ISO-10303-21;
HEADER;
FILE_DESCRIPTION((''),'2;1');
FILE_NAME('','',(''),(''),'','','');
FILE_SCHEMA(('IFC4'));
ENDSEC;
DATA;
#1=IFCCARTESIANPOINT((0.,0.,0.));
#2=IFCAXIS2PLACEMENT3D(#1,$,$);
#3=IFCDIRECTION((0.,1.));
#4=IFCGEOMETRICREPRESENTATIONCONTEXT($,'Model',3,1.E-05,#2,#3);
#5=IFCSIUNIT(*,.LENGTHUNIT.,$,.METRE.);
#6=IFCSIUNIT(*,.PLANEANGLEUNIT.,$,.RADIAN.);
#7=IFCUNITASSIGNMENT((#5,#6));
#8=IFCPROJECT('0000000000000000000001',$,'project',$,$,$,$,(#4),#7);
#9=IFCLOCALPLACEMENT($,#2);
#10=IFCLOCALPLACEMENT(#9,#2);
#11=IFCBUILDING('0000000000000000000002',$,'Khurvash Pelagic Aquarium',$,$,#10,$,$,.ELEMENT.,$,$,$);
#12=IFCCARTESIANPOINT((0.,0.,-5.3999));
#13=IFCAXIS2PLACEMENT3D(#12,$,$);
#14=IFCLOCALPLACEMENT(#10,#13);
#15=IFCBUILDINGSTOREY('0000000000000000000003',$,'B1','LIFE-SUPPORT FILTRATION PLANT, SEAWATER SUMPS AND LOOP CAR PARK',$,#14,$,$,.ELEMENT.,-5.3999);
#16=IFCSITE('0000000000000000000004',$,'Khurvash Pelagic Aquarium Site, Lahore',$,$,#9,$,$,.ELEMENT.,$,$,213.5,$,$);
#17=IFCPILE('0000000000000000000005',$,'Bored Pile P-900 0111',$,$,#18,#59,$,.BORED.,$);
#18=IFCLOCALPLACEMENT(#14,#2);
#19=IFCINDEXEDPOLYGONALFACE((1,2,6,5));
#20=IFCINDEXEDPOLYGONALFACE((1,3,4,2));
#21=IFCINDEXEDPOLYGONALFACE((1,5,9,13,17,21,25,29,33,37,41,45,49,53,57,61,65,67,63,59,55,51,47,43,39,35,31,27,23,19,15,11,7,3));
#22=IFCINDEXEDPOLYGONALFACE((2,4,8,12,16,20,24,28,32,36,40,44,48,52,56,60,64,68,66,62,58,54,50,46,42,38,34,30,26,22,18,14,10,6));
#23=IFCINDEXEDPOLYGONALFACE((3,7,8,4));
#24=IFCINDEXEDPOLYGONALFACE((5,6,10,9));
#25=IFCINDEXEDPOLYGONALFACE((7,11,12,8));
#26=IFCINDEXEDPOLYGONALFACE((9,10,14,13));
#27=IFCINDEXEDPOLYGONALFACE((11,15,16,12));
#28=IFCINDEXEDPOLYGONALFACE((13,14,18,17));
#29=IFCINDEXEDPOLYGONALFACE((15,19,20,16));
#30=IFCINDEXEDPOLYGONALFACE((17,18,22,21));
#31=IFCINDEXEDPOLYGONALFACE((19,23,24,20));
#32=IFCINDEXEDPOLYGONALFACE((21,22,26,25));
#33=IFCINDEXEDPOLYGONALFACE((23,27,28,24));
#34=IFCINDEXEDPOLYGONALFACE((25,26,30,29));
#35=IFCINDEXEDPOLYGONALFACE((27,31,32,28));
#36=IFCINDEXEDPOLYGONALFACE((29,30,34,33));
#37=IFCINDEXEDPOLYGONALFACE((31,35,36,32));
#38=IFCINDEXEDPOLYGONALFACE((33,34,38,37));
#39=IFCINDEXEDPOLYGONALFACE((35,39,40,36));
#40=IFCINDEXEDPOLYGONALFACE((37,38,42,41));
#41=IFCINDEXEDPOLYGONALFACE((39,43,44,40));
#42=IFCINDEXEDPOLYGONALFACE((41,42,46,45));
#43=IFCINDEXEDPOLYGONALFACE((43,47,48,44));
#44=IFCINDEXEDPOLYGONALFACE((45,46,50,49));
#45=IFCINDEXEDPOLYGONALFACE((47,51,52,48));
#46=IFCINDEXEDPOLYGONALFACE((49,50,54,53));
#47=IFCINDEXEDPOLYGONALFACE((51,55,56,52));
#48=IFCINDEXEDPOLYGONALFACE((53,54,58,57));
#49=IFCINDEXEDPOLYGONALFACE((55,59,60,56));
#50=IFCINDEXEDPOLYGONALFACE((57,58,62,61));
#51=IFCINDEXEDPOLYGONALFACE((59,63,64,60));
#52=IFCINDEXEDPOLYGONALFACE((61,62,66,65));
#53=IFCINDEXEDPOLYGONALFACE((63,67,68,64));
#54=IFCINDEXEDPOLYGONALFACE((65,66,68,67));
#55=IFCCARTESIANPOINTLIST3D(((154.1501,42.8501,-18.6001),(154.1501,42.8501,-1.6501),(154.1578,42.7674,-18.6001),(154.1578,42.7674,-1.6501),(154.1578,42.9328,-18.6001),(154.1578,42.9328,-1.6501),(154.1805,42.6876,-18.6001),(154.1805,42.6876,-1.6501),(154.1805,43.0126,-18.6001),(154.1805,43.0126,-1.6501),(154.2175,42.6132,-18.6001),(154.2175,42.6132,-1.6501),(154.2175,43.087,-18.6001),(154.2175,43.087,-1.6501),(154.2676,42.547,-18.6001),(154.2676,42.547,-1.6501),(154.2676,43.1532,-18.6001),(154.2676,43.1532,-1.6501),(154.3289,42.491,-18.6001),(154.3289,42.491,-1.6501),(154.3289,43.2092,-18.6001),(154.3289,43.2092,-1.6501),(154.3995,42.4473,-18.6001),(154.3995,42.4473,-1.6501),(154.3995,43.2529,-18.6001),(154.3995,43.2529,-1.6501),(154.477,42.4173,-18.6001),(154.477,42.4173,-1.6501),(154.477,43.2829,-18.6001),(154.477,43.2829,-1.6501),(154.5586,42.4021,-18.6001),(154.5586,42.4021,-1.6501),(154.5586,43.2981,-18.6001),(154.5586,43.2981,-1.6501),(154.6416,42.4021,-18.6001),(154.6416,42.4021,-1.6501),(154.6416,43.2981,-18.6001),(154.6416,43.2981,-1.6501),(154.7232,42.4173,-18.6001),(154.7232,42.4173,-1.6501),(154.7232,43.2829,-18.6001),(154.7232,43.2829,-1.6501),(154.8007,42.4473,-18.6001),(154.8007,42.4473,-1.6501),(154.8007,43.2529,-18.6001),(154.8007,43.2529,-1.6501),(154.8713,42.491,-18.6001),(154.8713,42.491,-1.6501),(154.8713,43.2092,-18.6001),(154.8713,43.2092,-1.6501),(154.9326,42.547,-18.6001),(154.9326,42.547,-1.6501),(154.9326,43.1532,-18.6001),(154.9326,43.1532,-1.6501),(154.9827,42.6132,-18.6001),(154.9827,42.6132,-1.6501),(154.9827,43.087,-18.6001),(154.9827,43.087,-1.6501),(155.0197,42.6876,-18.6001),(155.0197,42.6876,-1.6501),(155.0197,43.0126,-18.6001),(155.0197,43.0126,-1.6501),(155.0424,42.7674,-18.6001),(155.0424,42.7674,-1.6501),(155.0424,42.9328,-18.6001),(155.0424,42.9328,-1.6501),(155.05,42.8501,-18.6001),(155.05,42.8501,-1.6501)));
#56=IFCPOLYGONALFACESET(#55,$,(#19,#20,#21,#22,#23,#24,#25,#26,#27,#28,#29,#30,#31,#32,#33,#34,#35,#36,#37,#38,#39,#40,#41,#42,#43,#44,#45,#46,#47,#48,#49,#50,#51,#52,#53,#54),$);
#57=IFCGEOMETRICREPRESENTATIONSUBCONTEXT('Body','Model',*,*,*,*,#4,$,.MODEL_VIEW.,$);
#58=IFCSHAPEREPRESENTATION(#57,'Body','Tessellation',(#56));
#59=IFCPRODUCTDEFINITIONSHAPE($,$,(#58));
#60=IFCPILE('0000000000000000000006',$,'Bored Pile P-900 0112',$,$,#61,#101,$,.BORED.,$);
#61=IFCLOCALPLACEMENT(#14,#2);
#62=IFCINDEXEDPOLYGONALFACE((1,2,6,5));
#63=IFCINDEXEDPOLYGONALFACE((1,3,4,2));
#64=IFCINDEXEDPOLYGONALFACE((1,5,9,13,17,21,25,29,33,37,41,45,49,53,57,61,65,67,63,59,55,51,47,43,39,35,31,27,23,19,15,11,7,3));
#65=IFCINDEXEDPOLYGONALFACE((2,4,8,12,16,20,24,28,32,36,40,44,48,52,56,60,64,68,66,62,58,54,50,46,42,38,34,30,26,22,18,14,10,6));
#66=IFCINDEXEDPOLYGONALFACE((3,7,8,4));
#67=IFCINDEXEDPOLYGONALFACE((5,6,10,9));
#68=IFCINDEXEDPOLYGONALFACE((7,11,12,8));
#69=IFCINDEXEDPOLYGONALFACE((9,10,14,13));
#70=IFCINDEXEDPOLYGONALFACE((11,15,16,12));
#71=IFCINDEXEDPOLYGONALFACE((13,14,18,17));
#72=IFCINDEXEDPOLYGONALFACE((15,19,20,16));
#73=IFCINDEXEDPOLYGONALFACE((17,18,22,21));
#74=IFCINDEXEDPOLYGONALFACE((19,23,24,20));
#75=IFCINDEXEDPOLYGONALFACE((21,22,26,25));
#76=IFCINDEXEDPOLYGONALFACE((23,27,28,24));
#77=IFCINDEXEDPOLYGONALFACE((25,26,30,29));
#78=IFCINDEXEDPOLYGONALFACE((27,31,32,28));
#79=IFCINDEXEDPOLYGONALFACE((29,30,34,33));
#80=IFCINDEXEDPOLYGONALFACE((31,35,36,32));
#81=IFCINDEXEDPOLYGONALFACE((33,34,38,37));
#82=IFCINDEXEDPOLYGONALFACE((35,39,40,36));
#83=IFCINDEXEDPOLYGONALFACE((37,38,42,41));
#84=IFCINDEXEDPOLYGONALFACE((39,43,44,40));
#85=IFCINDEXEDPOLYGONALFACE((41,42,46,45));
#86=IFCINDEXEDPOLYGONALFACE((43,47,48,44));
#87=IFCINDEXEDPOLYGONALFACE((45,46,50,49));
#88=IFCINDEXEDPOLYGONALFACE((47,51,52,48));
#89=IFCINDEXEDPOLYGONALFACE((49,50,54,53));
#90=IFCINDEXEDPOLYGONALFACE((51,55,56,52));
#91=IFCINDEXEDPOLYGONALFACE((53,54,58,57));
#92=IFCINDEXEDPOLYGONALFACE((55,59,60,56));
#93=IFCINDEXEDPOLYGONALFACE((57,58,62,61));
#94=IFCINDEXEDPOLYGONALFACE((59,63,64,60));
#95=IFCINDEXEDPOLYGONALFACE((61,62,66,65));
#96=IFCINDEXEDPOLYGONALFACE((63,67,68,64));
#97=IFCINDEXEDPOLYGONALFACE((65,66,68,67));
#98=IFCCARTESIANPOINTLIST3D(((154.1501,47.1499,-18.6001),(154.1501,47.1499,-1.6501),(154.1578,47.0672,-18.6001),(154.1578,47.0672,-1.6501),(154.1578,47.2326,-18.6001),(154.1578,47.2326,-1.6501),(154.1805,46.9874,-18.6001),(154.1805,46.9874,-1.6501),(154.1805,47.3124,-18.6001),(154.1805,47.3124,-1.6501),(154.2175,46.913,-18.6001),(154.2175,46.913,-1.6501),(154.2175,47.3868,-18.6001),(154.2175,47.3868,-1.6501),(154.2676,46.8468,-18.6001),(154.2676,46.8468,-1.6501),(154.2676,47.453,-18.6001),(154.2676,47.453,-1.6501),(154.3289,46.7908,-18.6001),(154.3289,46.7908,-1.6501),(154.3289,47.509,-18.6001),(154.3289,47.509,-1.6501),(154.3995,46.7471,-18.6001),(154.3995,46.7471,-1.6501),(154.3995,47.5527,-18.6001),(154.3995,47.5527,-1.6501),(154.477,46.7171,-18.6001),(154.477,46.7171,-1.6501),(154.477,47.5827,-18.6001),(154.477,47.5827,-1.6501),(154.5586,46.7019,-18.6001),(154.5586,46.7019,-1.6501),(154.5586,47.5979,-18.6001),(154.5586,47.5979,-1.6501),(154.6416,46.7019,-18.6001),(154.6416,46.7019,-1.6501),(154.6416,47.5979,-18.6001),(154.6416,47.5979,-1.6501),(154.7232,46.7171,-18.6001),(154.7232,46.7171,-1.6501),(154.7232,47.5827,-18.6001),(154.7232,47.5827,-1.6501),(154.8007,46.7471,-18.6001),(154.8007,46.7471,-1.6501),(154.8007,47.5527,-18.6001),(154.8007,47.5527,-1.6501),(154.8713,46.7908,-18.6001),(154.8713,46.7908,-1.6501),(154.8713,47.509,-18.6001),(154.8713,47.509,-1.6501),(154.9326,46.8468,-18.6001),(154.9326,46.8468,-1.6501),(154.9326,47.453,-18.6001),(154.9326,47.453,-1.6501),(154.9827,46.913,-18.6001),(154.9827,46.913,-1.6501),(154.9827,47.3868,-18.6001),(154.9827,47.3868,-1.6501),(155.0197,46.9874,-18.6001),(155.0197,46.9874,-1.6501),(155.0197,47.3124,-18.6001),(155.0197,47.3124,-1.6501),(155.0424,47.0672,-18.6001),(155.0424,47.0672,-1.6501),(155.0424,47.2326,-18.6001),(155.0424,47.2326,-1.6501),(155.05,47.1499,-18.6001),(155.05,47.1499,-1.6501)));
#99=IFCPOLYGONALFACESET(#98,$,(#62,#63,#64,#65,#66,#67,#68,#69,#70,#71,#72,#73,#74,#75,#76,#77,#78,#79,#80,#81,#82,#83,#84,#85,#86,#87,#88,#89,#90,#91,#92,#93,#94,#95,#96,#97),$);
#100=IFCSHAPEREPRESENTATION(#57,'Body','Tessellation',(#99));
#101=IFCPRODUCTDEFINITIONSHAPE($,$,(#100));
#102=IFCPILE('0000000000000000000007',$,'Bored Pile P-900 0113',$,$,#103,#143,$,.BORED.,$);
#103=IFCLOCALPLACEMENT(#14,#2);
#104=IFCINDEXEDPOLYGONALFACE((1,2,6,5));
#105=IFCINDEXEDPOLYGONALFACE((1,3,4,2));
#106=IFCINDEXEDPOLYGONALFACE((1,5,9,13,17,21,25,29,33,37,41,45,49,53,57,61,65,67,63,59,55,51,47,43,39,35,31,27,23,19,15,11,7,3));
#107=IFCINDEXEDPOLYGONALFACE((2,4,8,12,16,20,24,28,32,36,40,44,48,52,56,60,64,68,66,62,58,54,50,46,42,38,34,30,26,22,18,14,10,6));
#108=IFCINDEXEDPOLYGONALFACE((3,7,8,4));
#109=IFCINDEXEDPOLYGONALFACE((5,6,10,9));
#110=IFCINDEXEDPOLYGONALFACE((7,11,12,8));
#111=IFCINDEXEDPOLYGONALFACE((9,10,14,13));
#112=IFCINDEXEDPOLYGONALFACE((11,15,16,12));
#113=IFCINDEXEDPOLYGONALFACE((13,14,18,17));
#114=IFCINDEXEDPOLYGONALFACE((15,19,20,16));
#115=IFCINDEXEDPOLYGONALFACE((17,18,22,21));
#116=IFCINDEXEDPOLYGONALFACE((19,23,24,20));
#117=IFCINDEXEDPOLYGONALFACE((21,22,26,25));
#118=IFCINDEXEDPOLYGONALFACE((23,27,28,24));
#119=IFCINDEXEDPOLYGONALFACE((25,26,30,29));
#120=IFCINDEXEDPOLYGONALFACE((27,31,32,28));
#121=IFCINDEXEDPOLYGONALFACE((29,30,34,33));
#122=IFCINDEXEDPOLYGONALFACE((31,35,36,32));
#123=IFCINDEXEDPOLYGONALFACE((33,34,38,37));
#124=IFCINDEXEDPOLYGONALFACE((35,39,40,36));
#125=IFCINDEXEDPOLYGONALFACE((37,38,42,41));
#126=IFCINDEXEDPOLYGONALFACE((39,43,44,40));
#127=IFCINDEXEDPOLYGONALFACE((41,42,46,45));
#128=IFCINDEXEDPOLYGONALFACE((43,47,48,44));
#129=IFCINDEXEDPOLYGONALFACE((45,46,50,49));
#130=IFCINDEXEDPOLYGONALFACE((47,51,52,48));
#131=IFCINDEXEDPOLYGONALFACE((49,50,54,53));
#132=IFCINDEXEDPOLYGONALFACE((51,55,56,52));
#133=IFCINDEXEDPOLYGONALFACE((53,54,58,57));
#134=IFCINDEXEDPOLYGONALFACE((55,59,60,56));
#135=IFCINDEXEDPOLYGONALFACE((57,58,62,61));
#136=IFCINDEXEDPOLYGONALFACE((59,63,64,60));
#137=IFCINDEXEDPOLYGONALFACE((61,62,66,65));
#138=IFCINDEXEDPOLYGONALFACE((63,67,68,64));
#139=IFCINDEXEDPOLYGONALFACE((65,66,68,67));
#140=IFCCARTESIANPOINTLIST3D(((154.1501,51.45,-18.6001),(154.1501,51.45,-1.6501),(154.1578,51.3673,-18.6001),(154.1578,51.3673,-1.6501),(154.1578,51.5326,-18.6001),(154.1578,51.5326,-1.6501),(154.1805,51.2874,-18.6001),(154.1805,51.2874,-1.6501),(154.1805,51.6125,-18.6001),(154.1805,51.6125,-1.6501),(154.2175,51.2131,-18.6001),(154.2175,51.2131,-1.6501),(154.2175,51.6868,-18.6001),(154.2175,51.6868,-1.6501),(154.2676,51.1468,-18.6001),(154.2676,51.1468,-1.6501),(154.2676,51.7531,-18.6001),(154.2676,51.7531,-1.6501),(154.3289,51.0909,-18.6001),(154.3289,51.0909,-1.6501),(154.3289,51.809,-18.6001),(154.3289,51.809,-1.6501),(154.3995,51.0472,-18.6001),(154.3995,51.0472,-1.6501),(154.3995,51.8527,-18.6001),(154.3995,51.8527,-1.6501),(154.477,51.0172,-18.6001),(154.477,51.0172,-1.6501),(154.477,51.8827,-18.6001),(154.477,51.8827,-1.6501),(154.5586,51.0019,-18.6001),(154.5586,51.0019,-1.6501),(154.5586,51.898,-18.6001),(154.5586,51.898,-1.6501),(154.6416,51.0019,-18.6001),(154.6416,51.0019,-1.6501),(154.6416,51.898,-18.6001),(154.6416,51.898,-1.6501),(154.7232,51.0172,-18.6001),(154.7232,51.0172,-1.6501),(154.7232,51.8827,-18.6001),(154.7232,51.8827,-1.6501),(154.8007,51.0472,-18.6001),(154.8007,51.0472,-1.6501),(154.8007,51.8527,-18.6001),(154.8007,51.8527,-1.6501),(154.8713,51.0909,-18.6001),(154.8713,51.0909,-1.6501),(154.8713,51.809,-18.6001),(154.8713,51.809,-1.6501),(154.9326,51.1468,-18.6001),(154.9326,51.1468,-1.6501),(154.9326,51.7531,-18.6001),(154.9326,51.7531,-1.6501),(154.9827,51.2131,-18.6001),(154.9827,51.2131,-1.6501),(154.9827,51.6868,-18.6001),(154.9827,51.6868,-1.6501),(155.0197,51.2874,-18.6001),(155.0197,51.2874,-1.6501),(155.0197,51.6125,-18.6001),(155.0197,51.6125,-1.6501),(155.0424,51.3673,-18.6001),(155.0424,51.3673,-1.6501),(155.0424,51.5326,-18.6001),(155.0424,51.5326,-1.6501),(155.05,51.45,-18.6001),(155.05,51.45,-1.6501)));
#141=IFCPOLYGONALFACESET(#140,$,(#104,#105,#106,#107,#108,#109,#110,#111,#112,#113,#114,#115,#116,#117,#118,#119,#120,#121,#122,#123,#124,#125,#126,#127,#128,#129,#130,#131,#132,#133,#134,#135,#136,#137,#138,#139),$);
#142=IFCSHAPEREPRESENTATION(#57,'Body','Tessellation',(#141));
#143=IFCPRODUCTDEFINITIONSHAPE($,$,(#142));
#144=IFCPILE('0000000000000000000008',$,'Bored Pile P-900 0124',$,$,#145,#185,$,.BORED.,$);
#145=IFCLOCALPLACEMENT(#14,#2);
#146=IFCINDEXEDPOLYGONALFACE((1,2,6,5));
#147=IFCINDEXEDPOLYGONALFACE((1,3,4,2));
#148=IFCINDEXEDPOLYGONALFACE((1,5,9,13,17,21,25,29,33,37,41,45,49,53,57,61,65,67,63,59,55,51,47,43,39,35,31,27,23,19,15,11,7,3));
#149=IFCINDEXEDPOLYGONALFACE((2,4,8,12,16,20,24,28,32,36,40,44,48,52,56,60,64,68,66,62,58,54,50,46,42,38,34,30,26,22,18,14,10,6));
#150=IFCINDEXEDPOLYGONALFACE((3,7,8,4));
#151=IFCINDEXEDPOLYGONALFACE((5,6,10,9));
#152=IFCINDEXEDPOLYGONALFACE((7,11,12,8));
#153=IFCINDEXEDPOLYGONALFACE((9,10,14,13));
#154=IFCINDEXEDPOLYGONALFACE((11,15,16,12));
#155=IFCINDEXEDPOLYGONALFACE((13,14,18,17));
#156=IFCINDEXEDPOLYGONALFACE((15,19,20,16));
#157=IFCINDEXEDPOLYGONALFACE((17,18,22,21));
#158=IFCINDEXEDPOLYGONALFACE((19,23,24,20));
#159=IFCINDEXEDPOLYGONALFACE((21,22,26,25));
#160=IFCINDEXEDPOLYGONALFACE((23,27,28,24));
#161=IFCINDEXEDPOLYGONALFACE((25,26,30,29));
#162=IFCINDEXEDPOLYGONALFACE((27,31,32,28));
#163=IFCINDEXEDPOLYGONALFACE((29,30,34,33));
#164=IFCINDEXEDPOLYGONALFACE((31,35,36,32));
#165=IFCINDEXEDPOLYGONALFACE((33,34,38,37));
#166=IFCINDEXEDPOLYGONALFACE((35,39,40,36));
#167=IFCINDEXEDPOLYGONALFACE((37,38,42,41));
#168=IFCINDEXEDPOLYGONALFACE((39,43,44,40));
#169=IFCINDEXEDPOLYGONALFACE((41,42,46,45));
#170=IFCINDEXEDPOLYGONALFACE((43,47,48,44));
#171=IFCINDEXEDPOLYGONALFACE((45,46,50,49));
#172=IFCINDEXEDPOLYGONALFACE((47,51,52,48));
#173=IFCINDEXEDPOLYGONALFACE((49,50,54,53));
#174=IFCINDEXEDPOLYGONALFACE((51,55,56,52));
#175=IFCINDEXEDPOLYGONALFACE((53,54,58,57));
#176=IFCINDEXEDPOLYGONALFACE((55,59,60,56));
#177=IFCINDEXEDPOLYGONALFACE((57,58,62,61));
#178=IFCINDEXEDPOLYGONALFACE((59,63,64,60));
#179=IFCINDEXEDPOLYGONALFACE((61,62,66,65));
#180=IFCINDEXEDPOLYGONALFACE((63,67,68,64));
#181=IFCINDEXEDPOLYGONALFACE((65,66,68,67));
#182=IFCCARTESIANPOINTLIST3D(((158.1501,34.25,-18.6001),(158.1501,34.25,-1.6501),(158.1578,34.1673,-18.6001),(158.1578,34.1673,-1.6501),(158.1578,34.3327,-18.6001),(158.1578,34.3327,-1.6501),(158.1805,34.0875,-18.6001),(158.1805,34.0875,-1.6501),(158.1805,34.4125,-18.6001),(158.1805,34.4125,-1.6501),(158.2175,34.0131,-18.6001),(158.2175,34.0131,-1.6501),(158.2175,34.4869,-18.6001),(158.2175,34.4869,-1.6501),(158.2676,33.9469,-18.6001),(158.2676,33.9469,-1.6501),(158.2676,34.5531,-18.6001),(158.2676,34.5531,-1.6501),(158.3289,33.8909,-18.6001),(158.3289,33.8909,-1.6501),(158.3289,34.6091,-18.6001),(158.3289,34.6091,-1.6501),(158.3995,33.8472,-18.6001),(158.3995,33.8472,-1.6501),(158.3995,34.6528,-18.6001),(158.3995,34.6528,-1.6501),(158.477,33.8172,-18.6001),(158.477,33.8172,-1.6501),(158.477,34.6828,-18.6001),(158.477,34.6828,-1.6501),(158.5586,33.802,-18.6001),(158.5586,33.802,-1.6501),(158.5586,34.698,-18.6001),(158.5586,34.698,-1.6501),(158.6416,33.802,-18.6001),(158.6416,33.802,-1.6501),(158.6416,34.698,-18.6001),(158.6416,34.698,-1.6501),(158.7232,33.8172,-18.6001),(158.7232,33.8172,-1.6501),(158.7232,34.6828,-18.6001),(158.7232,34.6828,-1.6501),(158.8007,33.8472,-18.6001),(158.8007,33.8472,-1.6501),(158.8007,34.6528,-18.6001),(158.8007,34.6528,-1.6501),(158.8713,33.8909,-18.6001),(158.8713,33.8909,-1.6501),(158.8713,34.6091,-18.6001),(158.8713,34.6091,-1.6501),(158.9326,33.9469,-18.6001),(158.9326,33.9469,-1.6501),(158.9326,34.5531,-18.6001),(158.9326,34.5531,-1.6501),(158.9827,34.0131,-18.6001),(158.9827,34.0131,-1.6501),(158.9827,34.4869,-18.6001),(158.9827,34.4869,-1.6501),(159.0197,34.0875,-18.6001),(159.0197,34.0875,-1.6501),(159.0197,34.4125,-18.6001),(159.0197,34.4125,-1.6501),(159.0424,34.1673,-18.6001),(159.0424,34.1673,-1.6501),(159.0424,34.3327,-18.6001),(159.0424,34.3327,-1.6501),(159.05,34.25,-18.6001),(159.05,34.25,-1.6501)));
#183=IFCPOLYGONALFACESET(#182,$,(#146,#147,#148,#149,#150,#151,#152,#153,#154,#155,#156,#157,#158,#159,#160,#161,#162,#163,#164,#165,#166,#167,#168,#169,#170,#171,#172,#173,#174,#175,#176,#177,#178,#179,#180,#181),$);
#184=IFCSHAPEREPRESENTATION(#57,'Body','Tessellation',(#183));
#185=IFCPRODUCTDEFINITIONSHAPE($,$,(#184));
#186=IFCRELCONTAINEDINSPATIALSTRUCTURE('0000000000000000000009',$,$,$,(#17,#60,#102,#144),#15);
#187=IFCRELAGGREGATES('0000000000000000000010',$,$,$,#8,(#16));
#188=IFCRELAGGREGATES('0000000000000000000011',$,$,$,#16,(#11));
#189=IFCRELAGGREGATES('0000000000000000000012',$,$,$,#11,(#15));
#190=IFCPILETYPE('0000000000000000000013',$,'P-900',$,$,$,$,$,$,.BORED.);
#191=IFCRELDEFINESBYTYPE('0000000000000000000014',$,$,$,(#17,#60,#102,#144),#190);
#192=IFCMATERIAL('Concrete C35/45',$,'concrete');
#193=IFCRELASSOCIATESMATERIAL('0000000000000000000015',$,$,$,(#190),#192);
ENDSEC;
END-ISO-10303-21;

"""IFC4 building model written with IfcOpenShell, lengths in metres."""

from ifc_helpers import new_model, si_unit, direction, frame, origin, origin_2d, place, context, subcontext, project, spatial, circle, extrude, material, material_profile, profile_set, type_object, element, save


model = new_model("IFC4")

# Units and contexts
model_context = context("Model", 3, precision=1e-05, world=origin(), true_north=direction((0.0, 1.0)))
body_context = subcontext(model_context, "Body", "Model", "MODEL_VIEW")
ifc_project = project(units=[si_unit("LENGTHUNIT", "METRE"), si_unit("PLANEANGLEUNIT", "RADIAN")], contexts=[model_context])

# Site, building, storey
site_placement = place(None, origin())
site = spatial("IfcSite", under=ifc_project, at=site_placement, Name="Khurvash Pelagic Aquarium Site, Lahore", CompositionType="ELEMENT", RefElevation=213.5)
building_placement = place(site_placement, origin())
building = spatial("IfcBuilding", under=site, at=building_placement, Name="Khurvash Pelagic Aquarium", CompositionType="ELEMENT")
storey_placement = place(building_placement, frame((0.0, 0.0, -5.3999)))
storey = spatial("IfcBuildingStorey", under=building, at=storey_placement, Name="B1", Description="LIFE-SUPPORT FILTRATION PLANT, SEAWATER SUMPS AND LOOP CAR PARK", CompositionType="ELEMENT", Elevation=-5.3999)

# Piles
ifc_material_1 = material(Name="Concrete C35/45", Category="concrete")
ifc_material_profile_1 = material_profile(ifc_material_1, circle(Radius=0.45, at=origin_2d()), Name="PILE900")
ifc_profile_set_1 = profile_set([ifc_material_profile_1], Name="Concrete C35/45")
pile_type = type_object("IfcPileType", Name="P-900", PredefinedType="BORED", material=ifc_profile_set_1)
for number, where, z_axis, x_axis, name in (
    (1, (154.6001, 42.8501, -1.6501), (0.0, 0.0, -1.0), (1.0, 0.0, 0.0), "Bored Pile P-900 0111"),
    (2, (154.6001, 47.1499, -1.6501), (0.0, 0.0, -1.0), (1.0, 0.0, 0.0), "Bored Pile P-900 0112"),
    (3, (154.6001, 51.45, -1.6501), (0.0, 0.0, -1.0), (1.0, 0.0, 0.0), "Bored Pile P-900 0113"),
    (4, (158.6001, 34.25, -1.6501), (0.0, 0.0, -1.0), (1.0, 0.0, 0.0), "Bored Pile P-900 0124"),
):
    element("IfcPile", number, at=place(storey_placement, frame(where, z_axis=z_axis, x_axis=x_axis)), inside=storey, type_object=pile_type, Name=name, PredefinedType="BORED", context=body_context, shape_type="SweptSolid", body=[
        extrude(circle(Radius=0.45, at=origin_2d()), origin(), (0.0, 0.0, 1.0), 16.95),
    ])

save(model, "model.ifc")
